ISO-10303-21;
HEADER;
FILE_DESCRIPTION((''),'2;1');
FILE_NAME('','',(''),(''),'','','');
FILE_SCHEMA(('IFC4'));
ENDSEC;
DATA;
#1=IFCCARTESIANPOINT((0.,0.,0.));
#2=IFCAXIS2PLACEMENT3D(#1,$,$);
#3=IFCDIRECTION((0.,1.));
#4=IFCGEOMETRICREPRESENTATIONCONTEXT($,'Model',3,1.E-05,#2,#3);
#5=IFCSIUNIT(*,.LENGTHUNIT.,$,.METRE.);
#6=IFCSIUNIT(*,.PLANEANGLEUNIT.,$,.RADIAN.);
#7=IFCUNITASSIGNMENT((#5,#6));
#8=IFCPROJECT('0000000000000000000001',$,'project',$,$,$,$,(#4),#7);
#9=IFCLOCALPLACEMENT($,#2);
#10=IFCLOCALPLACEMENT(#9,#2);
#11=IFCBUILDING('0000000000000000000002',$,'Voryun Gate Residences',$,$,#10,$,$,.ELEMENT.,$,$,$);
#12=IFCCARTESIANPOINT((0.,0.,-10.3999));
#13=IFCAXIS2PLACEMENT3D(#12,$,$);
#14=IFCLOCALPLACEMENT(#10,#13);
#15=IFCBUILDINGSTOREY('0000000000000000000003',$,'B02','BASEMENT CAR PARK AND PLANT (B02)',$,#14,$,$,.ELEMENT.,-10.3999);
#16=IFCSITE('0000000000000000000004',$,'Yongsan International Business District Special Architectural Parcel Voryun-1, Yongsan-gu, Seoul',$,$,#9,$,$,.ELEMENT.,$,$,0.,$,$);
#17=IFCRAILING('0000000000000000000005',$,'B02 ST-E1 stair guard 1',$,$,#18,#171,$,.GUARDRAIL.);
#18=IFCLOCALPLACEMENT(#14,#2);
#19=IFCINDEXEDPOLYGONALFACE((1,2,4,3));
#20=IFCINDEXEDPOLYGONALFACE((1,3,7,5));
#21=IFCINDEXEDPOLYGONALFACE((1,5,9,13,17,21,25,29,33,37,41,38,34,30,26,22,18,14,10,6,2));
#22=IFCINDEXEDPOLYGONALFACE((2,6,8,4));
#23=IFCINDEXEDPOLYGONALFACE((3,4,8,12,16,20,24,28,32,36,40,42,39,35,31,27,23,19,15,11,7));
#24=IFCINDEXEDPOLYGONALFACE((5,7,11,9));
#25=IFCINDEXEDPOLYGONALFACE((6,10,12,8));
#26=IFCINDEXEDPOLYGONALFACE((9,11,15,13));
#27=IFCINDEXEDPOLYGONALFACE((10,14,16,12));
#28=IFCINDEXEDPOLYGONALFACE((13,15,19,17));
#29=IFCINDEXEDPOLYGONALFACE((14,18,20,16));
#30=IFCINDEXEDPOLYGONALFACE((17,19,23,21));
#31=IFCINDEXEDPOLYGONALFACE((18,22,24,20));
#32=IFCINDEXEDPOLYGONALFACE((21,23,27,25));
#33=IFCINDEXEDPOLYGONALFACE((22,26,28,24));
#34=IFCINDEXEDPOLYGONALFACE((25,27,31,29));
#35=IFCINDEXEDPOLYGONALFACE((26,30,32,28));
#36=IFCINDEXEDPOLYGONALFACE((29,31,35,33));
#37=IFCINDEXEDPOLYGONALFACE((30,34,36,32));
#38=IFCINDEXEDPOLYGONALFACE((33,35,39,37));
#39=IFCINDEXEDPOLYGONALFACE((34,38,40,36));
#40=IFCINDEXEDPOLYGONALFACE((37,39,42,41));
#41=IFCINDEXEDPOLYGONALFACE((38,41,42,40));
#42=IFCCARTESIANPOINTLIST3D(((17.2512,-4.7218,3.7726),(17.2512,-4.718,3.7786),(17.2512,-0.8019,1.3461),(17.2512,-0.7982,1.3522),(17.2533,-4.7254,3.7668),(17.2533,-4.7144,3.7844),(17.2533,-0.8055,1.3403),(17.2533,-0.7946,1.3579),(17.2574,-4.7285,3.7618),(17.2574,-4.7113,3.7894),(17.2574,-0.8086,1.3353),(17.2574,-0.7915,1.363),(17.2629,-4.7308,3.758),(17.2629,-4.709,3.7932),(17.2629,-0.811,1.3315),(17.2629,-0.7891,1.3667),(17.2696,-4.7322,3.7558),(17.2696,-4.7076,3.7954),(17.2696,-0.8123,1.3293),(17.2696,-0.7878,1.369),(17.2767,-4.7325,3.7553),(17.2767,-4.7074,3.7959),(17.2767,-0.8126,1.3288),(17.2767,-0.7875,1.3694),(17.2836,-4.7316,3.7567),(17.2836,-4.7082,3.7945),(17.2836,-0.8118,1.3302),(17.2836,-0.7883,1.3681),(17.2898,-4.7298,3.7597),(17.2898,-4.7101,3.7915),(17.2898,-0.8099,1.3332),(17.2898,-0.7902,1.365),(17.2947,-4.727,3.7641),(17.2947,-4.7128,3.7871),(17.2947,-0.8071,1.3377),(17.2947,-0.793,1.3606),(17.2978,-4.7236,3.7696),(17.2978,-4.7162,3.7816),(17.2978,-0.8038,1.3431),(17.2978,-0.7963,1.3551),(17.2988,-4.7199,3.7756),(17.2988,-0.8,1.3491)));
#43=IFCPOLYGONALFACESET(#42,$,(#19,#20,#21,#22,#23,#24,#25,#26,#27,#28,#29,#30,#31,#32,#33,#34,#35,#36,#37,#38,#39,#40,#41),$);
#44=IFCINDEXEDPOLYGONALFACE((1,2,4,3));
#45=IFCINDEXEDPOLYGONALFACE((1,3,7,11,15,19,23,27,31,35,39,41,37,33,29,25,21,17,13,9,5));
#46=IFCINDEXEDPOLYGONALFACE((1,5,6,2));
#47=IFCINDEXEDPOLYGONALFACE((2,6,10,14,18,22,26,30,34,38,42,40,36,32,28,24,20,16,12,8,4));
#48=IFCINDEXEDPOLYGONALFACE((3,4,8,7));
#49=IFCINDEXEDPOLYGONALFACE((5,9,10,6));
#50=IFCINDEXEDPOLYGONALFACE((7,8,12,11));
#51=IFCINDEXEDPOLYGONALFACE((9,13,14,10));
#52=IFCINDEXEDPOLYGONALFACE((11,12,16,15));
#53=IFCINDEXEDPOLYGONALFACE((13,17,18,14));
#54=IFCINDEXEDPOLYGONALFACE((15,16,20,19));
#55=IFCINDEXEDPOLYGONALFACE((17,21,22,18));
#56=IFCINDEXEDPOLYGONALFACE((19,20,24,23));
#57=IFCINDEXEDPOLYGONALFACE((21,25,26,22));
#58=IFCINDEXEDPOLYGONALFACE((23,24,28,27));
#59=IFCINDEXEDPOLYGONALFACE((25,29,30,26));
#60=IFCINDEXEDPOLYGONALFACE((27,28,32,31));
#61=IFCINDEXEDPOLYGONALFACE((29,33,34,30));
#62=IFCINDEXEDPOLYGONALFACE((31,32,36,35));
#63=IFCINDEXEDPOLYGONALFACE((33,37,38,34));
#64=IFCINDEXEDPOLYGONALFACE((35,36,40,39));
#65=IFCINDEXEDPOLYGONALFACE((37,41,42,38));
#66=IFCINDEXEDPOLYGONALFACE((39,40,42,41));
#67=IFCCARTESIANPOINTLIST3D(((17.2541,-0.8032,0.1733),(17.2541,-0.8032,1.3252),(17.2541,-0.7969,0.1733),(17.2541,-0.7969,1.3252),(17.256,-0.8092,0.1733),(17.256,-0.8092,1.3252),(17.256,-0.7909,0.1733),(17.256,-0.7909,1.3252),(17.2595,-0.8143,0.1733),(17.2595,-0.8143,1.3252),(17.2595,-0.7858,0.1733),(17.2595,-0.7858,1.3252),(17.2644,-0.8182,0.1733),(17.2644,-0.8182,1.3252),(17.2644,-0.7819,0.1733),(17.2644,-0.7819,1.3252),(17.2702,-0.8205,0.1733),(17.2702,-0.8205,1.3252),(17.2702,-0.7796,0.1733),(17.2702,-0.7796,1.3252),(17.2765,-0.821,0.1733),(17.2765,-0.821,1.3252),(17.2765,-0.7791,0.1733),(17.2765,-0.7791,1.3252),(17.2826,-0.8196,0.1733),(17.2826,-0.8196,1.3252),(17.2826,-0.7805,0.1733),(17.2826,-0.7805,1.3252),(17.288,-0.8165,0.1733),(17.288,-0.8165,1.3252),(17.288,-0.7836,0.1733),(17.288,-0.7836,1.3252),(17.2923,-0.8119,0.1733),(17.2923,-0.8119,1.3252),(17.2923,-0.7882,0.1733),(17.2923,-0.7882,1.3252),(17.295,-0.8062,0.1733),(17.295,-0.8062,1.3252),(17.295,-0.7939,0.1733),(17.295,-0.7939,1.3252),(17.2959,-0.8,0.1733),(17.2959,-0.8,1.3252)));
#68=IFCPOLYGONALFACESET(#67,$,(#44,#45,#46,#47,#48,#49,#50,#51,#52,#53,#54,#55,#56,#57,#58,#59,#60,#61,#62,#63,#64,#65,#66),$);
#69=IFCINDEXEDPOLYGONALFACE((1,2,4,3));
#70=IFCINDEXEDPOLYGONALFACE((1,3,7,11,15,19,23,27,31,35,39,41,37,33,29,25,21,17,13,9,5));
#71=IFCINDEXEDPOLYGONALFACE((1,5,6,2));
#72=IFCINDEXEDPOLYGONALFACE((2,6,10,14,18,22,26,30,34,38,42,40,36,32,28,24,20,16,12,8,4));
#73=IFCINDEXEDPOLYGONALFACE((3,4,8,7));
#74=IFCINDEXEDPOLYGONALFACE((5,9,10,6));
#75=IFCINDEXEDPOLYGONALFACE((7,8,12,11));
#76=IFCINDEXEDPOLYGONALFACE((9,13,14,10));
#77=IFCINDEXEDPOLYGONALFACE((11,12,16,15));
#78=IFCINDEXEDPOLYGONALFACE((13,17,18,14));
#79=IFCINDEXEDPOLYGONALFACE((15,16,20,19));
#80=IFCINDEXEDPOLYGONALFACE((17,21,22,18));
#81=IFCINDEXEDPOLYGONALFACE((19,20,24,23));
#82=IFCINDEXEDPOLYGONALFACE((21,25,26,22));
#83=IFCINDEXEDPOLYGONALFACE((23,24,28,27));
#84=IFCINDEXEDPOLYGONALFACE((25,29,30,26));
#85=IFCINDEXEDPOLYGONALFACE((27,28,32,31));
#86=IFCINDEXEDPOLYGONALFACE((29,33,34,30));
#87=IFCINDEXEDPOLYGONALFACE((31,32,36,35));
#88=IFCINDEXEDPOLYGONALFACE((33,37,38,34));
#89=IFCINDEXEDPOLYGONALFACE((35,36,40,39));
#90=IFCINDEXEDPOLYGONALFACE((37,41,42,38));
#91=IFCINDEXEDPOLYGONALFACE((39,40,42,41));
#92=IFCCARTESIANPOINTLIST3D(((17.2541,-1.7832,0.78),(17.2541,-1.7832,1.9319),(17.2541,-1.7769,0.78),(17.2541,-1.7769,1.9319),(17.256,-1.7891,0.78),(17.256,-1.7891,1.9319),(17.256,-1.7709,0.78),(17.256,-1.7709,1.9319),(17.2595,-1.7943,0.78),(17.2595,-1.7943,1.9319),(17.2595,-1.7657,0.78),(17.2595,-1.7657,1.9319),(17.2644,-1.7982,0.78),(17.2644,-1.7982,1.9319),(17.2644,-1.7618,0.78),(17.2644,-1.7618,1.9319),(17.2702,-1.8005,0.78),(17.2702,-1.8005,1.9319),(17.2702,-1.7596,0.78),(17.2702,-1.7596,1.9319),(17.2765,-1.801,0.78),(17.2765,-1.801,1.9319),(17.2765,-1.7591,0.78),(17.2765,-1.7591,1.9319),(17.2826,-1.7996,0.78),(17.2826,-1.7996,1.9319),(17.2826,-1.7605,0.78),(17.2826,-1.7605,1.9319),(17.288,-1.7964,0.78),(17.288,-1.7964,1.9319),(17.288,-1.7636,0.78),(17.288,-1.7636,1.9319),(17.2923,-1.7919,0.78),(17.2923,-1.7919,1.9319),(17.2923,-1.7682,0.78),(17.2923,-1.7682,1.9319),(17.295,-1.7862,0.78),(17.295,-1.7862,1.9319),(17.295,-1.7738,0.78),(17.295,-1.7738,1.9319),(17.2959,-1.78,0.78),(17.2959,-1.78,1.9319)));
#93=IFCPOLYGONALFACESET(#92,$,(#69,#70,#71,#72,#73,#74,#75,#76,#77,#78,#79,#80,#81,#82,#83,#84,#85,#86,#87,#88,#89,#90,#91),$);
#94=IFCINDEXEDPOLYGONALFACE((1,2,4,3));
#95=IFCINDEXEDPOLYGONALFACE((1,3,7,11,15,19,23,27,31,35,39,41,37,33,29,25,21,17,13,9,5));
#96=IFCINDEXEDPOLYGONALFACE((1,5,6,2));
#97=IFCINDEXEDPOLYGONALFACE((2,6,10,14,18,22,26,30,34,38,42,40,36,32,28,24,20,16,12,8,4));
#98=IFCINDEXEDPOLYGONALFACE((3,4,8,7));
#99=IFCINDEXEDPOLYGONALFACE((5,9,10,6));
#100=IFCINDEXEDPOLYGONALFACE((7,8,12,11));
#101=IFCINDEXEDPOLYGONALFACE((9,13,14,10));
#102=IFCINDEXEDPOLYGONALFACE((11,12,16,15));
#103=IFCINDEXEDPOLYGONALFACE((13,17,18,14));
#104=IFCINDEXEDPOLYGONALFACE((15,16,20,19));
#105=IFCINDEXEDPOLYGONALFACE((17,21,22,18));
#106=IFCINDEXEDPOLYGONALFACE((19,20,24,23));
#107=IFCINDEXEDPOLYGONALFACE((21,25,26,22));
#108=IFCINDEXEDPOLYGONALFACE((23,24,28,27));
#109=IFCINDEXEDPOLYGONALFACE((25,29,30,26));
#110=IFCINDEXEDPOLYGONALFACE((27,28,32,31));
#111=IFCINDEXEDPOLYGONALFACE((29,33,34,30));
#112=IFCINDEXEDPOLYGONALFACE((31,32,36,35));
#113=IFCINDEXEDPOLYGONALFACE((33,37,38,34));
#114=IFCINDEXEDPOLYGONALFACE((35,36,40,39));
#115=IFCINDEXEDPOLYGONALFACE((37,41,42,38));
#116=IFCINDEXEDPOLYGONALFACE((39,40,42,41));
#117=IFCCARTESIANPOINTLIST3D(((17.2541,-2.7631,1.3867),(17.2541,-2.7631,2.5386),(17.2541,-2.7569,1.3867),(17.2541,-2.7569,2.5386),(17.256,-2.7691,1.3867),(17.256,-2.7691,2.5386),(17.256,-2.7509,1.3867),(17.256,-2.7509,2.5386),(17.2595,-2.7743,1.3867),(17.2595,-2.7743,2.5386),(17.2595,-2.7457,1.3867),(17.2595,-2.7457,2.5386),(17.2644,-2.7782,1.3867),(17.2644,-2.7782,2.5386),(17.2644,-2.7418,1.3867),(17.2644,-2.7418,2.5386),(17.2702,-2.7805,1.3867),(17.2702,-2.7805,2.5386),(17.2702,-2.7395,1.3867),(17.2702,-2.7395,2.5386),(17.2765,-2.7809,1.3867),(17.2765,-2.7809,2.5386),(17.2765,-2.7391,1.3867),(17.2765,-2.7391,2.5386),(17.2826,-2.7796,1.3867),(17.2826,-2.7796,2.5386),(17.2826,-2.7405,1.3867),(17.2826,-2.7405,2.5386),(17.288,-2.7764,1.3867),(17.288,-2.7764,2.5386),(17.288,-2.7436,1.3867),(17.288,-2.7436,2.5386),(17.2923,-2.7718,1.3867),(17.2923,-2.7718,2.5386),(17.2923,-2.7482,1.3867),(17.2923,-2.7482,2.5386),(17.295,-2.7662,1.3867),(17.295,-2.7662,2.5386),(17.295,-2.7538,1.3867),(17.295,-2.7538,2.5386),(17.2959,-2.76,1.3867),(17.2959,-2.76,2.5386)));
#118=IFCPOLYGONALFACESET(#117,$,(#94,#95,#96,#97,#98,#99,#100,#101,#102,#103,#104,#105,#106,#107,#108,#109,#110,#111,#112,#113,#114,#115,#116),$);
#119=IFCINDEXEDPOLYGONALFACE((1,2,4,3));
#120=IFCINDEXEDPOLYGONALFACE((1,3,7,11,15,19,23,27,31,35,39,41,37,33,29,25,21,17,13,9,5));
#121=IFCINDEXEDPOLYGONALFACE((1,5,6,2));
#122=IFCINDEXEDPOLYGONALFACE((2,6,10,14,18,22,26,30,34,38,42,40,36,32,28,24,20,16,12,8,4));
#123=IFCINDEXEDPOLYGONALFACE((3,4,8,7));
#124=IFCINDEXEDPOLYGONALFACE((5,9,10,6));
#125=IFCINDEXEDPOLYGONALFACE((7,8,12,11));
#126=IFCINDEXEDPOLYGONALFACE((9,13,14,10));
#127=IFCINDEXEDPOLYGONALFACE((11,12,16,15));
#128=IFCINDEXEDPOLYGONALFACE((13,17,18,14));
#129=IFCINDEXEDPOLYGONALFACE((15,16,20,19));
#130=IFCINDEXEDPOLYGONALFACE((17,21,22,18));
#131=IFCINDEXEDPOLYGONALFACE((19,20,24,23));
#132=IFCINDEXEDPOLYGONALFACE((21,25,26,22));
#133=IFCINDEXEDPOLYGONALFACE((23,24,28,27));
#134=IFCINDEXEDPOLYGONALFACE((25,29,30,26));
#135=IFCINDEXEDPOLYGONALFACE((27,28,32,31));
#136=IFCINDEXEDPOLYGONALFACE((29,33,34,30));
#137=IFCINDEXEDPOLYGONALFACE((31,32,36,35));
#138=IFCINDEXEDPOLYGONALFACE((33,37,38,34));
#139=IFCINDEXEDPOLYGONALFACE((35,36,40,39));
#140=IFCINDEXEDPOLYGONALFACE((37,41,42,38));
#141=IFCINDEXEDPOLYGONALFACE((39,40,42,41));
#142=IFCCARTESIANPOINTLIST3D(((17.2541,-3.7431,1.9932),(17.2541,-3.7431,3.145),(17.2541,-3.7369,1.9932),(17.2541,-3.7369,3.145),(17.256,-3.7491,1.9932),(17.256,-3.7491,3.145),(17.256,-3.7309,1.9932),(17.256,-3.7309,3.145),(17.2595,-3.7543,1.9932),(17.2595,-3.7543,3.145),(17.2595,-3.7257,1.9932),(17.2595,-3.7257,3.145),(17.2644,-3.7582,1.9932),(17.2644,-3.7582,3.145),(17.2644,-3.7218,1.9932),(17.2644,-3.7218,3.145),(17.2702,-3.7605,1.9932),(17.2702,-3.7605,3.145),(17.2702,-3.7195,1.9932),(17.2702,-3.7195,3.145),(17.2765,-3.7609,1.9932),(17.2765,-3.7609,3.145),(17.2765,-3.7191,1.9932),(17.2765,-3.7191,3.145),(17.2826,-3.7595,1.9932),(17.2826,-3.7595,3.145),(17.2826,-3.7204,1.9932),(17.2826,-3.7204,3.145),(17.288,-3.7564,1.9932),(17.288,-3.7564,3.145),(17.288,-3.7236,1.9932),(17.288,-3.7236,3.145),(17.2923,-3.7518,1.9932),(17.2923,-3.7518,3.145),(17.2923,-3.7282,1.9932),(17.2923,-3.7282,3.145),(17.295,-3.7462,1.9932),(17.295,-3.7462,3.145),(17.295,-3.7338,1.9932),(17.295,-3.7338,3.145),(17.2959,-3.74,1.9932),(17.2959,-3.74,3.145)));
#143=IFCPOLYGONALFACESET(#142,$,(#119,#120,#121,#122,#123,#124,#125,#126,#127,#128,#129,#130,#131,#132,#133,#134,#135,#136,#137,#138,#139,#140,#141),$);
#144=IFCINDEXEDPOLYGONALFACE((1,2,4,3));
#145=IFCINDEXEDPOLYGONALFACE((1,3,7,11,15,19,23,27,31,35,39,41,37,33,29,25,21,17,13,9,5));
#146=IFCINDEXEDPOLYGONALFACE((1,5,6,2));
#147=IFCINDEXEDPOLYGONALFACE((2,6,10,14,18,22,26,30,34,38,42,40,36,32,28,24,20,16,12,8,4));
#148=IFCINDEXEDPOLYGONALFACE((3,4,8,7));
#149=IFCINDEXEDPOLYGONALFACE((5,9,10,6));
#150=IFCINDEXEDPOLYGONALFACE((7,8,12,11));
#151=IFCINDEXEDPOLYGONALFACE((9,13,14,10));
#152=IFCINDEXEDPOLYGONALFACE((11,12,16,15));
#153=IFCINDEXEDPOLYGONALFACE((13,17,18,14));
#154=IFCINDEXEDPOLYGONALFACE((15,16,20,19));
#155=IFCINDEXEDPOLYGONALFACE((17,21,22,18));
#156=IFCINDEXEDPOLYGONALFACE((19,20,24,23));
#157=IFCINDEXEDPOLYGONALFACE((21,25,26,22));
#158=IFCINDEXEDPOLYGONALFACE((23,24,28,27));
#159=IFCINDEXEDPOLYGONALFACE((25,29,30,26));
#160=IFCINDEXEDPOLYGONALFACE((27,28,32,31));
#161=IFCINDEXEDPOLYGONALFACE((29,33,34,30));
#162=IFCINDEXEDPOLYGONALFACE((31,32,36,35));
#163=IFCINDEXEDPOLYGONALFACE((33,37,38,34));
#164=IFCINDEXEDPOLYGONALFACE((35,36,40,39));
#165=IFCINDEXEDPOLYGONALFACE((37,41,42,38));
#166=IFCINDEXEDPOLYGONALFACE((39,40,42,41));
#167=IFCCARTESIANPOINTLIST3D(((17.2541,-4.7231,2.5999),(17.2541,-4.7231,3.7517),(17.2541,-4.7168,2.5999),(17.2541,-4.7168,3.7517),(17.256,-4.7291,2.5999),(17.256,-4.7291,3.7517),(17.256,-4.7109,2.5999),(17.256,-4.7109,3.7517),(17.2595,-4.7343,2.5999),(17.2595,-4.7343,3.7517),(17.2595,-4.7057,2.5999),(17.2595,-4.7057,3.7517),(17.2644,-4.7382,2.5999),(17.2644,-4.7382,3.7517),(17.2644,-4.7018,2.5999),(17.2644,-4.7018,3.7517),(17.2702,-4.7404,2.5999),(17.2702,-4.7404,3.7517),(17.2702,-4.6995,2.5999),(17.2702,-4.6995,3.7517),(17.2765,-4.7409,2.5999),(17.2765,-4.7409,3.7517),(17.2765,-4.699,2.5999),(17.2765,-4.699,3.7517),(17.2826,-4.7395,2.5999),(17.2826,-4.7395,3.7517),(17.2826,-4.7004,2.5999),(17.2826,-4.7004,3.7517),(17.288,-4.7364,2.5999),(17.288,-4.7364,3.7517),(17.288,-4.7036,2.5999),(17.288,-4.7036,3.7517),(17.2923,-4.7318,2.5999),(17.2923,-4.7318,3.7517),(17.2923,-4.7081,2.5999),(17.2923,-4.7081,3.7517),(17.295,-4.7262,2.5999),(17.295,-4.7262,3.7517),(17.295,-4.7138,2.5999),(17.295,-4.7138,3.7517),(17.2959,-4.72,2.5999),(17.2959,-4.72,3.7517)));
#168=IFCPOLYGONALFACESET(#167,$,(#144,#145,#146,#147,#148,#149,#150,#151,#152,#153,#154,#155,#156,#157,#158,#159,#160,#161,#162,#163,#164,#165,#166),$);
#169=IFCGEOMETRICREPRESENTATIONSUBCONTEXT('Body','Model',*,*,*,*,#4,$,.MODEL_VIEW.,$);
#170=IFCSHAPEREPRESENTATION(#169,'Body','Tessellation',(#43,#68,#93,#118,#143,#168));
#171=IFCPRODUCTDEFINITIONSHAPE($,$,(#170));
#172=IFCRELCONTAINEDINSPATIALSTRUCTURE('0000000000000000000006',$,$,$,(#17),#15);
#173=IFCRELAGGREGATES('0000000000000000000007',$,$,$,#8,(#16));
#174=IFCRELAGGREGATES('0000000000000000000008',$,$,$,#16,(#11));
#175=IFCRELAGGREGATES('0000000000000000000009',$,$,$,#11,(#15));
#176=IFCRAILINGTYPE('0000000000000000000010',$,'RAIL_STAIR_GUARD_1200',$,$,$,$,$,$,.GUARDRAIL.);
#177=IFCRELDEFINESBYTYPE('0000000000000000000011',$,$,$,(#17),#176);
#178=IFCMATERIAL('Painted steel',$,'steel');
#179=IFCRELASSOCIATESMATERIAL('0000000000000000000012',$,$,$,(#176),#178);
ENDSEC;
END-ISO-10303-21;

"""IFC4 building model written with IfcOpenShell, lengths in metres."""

from ifc_helpers import new_model, si_unit, direction, frame, origin, origin_2d, place, context, subcontext, project, spatial, circle, extrude, material, type_object, element, save


model = new_model("IFC4")

# Units and contexts
model_context = context("Model", 3, precision=1e-05, world=origin(), true_north=direction((0.0, 1.0)))
body_context = subcontext(model_context, "Body", "Model", "MODEL_VIEW")
ifc_project = project(units=[si_unit("LENGTHUNIT", "METRE"), si_unit("PLANEANGLEUNIT", "RADIAN")], contexts=[model_context])

# Site, building, storey
site_placement = place(None, origin())
site = spatial("IfcSite", under=ifc_project, at=site_placement, Name="Yongsan International Business District Special Architectural Parcel Voryun-1, Yongsan-gu, Seoul", CompositionType="ELEMENT", RefElevation=0.0)
building_placement = place(site_placement, origin())
building = spatial("IfcBuilding", under=site, at=building_placement, Name="Voryun Gate Residences", CompositionType="ELEMENT")
storey_placement = place(building_placement, frame((0.0, 0.0, -10.3999)))
storey = spatial("IfcBuildingStorey", under=building, at=storey_placement, Name="B02", Description="BASEMENT CAR PARK AND PLANT (B02)", CompositionType="ELEMENT", Elevation=-10.3999)

# Railing
ifc_material_1 = material(Name="Painted steel", Category="steel")
railing_type_1 = type_object("IfcRailingType", Name="RAIL_STAIR_GUARD_1200", PredefinedType="GUARDRAIL", material=ifc_material_1)
railing_1_placement = place(storey_placement, frame((17.2749, -0.8, 0.1733)))
element("IfcRailing", 1, at=railing_1_placement, inside=storey, type_object=railing_type_1, Name="B02 ST-E1 stair guard 1", PredefinedType="GUARDRAIL", context=body_context, shape_type="SweptSolid", body=[
    extrude(circle(Radius=0.0239, at=origin_2d()), frame((0.0, 0.0, 1.1758), z_axis=(0.0, -0.850275, 0.526338), x_axis=(1.0, 0.0, 0.0)), (0.0, 0.0, 1.0), 4.6101),
    extrude(circle(Radius=0.021, at=origin_2d()), origin(), (0.0, 0.0, 1.0), 1.1519),
    extrude(circle(Radius=0.021, at=origin_2d()), frame((0.0, -0.98, 0.6067)), (0.0, 0.0, 1.0), 1.1519),
    extrude(circle(Radius=0.021, at=origin_2d()), frame((0.0, -1.96, 1.2134)), (0.0, 0.0, 1.0), 1.1519),
    extrude(circle(Radius=0.021, at=origin_2d()), frame((0.0, -2.9399, 1.8198)), (0.0, 0.0, 1.0), 1.1519),
    extrude(circle(Radius=0.021, at=origin_2d()), frame((0.0, -3.9199, 2.4265)), (0.0, 0.0, 1.0), 1.1519),
])

save(model, "model.ifc")
